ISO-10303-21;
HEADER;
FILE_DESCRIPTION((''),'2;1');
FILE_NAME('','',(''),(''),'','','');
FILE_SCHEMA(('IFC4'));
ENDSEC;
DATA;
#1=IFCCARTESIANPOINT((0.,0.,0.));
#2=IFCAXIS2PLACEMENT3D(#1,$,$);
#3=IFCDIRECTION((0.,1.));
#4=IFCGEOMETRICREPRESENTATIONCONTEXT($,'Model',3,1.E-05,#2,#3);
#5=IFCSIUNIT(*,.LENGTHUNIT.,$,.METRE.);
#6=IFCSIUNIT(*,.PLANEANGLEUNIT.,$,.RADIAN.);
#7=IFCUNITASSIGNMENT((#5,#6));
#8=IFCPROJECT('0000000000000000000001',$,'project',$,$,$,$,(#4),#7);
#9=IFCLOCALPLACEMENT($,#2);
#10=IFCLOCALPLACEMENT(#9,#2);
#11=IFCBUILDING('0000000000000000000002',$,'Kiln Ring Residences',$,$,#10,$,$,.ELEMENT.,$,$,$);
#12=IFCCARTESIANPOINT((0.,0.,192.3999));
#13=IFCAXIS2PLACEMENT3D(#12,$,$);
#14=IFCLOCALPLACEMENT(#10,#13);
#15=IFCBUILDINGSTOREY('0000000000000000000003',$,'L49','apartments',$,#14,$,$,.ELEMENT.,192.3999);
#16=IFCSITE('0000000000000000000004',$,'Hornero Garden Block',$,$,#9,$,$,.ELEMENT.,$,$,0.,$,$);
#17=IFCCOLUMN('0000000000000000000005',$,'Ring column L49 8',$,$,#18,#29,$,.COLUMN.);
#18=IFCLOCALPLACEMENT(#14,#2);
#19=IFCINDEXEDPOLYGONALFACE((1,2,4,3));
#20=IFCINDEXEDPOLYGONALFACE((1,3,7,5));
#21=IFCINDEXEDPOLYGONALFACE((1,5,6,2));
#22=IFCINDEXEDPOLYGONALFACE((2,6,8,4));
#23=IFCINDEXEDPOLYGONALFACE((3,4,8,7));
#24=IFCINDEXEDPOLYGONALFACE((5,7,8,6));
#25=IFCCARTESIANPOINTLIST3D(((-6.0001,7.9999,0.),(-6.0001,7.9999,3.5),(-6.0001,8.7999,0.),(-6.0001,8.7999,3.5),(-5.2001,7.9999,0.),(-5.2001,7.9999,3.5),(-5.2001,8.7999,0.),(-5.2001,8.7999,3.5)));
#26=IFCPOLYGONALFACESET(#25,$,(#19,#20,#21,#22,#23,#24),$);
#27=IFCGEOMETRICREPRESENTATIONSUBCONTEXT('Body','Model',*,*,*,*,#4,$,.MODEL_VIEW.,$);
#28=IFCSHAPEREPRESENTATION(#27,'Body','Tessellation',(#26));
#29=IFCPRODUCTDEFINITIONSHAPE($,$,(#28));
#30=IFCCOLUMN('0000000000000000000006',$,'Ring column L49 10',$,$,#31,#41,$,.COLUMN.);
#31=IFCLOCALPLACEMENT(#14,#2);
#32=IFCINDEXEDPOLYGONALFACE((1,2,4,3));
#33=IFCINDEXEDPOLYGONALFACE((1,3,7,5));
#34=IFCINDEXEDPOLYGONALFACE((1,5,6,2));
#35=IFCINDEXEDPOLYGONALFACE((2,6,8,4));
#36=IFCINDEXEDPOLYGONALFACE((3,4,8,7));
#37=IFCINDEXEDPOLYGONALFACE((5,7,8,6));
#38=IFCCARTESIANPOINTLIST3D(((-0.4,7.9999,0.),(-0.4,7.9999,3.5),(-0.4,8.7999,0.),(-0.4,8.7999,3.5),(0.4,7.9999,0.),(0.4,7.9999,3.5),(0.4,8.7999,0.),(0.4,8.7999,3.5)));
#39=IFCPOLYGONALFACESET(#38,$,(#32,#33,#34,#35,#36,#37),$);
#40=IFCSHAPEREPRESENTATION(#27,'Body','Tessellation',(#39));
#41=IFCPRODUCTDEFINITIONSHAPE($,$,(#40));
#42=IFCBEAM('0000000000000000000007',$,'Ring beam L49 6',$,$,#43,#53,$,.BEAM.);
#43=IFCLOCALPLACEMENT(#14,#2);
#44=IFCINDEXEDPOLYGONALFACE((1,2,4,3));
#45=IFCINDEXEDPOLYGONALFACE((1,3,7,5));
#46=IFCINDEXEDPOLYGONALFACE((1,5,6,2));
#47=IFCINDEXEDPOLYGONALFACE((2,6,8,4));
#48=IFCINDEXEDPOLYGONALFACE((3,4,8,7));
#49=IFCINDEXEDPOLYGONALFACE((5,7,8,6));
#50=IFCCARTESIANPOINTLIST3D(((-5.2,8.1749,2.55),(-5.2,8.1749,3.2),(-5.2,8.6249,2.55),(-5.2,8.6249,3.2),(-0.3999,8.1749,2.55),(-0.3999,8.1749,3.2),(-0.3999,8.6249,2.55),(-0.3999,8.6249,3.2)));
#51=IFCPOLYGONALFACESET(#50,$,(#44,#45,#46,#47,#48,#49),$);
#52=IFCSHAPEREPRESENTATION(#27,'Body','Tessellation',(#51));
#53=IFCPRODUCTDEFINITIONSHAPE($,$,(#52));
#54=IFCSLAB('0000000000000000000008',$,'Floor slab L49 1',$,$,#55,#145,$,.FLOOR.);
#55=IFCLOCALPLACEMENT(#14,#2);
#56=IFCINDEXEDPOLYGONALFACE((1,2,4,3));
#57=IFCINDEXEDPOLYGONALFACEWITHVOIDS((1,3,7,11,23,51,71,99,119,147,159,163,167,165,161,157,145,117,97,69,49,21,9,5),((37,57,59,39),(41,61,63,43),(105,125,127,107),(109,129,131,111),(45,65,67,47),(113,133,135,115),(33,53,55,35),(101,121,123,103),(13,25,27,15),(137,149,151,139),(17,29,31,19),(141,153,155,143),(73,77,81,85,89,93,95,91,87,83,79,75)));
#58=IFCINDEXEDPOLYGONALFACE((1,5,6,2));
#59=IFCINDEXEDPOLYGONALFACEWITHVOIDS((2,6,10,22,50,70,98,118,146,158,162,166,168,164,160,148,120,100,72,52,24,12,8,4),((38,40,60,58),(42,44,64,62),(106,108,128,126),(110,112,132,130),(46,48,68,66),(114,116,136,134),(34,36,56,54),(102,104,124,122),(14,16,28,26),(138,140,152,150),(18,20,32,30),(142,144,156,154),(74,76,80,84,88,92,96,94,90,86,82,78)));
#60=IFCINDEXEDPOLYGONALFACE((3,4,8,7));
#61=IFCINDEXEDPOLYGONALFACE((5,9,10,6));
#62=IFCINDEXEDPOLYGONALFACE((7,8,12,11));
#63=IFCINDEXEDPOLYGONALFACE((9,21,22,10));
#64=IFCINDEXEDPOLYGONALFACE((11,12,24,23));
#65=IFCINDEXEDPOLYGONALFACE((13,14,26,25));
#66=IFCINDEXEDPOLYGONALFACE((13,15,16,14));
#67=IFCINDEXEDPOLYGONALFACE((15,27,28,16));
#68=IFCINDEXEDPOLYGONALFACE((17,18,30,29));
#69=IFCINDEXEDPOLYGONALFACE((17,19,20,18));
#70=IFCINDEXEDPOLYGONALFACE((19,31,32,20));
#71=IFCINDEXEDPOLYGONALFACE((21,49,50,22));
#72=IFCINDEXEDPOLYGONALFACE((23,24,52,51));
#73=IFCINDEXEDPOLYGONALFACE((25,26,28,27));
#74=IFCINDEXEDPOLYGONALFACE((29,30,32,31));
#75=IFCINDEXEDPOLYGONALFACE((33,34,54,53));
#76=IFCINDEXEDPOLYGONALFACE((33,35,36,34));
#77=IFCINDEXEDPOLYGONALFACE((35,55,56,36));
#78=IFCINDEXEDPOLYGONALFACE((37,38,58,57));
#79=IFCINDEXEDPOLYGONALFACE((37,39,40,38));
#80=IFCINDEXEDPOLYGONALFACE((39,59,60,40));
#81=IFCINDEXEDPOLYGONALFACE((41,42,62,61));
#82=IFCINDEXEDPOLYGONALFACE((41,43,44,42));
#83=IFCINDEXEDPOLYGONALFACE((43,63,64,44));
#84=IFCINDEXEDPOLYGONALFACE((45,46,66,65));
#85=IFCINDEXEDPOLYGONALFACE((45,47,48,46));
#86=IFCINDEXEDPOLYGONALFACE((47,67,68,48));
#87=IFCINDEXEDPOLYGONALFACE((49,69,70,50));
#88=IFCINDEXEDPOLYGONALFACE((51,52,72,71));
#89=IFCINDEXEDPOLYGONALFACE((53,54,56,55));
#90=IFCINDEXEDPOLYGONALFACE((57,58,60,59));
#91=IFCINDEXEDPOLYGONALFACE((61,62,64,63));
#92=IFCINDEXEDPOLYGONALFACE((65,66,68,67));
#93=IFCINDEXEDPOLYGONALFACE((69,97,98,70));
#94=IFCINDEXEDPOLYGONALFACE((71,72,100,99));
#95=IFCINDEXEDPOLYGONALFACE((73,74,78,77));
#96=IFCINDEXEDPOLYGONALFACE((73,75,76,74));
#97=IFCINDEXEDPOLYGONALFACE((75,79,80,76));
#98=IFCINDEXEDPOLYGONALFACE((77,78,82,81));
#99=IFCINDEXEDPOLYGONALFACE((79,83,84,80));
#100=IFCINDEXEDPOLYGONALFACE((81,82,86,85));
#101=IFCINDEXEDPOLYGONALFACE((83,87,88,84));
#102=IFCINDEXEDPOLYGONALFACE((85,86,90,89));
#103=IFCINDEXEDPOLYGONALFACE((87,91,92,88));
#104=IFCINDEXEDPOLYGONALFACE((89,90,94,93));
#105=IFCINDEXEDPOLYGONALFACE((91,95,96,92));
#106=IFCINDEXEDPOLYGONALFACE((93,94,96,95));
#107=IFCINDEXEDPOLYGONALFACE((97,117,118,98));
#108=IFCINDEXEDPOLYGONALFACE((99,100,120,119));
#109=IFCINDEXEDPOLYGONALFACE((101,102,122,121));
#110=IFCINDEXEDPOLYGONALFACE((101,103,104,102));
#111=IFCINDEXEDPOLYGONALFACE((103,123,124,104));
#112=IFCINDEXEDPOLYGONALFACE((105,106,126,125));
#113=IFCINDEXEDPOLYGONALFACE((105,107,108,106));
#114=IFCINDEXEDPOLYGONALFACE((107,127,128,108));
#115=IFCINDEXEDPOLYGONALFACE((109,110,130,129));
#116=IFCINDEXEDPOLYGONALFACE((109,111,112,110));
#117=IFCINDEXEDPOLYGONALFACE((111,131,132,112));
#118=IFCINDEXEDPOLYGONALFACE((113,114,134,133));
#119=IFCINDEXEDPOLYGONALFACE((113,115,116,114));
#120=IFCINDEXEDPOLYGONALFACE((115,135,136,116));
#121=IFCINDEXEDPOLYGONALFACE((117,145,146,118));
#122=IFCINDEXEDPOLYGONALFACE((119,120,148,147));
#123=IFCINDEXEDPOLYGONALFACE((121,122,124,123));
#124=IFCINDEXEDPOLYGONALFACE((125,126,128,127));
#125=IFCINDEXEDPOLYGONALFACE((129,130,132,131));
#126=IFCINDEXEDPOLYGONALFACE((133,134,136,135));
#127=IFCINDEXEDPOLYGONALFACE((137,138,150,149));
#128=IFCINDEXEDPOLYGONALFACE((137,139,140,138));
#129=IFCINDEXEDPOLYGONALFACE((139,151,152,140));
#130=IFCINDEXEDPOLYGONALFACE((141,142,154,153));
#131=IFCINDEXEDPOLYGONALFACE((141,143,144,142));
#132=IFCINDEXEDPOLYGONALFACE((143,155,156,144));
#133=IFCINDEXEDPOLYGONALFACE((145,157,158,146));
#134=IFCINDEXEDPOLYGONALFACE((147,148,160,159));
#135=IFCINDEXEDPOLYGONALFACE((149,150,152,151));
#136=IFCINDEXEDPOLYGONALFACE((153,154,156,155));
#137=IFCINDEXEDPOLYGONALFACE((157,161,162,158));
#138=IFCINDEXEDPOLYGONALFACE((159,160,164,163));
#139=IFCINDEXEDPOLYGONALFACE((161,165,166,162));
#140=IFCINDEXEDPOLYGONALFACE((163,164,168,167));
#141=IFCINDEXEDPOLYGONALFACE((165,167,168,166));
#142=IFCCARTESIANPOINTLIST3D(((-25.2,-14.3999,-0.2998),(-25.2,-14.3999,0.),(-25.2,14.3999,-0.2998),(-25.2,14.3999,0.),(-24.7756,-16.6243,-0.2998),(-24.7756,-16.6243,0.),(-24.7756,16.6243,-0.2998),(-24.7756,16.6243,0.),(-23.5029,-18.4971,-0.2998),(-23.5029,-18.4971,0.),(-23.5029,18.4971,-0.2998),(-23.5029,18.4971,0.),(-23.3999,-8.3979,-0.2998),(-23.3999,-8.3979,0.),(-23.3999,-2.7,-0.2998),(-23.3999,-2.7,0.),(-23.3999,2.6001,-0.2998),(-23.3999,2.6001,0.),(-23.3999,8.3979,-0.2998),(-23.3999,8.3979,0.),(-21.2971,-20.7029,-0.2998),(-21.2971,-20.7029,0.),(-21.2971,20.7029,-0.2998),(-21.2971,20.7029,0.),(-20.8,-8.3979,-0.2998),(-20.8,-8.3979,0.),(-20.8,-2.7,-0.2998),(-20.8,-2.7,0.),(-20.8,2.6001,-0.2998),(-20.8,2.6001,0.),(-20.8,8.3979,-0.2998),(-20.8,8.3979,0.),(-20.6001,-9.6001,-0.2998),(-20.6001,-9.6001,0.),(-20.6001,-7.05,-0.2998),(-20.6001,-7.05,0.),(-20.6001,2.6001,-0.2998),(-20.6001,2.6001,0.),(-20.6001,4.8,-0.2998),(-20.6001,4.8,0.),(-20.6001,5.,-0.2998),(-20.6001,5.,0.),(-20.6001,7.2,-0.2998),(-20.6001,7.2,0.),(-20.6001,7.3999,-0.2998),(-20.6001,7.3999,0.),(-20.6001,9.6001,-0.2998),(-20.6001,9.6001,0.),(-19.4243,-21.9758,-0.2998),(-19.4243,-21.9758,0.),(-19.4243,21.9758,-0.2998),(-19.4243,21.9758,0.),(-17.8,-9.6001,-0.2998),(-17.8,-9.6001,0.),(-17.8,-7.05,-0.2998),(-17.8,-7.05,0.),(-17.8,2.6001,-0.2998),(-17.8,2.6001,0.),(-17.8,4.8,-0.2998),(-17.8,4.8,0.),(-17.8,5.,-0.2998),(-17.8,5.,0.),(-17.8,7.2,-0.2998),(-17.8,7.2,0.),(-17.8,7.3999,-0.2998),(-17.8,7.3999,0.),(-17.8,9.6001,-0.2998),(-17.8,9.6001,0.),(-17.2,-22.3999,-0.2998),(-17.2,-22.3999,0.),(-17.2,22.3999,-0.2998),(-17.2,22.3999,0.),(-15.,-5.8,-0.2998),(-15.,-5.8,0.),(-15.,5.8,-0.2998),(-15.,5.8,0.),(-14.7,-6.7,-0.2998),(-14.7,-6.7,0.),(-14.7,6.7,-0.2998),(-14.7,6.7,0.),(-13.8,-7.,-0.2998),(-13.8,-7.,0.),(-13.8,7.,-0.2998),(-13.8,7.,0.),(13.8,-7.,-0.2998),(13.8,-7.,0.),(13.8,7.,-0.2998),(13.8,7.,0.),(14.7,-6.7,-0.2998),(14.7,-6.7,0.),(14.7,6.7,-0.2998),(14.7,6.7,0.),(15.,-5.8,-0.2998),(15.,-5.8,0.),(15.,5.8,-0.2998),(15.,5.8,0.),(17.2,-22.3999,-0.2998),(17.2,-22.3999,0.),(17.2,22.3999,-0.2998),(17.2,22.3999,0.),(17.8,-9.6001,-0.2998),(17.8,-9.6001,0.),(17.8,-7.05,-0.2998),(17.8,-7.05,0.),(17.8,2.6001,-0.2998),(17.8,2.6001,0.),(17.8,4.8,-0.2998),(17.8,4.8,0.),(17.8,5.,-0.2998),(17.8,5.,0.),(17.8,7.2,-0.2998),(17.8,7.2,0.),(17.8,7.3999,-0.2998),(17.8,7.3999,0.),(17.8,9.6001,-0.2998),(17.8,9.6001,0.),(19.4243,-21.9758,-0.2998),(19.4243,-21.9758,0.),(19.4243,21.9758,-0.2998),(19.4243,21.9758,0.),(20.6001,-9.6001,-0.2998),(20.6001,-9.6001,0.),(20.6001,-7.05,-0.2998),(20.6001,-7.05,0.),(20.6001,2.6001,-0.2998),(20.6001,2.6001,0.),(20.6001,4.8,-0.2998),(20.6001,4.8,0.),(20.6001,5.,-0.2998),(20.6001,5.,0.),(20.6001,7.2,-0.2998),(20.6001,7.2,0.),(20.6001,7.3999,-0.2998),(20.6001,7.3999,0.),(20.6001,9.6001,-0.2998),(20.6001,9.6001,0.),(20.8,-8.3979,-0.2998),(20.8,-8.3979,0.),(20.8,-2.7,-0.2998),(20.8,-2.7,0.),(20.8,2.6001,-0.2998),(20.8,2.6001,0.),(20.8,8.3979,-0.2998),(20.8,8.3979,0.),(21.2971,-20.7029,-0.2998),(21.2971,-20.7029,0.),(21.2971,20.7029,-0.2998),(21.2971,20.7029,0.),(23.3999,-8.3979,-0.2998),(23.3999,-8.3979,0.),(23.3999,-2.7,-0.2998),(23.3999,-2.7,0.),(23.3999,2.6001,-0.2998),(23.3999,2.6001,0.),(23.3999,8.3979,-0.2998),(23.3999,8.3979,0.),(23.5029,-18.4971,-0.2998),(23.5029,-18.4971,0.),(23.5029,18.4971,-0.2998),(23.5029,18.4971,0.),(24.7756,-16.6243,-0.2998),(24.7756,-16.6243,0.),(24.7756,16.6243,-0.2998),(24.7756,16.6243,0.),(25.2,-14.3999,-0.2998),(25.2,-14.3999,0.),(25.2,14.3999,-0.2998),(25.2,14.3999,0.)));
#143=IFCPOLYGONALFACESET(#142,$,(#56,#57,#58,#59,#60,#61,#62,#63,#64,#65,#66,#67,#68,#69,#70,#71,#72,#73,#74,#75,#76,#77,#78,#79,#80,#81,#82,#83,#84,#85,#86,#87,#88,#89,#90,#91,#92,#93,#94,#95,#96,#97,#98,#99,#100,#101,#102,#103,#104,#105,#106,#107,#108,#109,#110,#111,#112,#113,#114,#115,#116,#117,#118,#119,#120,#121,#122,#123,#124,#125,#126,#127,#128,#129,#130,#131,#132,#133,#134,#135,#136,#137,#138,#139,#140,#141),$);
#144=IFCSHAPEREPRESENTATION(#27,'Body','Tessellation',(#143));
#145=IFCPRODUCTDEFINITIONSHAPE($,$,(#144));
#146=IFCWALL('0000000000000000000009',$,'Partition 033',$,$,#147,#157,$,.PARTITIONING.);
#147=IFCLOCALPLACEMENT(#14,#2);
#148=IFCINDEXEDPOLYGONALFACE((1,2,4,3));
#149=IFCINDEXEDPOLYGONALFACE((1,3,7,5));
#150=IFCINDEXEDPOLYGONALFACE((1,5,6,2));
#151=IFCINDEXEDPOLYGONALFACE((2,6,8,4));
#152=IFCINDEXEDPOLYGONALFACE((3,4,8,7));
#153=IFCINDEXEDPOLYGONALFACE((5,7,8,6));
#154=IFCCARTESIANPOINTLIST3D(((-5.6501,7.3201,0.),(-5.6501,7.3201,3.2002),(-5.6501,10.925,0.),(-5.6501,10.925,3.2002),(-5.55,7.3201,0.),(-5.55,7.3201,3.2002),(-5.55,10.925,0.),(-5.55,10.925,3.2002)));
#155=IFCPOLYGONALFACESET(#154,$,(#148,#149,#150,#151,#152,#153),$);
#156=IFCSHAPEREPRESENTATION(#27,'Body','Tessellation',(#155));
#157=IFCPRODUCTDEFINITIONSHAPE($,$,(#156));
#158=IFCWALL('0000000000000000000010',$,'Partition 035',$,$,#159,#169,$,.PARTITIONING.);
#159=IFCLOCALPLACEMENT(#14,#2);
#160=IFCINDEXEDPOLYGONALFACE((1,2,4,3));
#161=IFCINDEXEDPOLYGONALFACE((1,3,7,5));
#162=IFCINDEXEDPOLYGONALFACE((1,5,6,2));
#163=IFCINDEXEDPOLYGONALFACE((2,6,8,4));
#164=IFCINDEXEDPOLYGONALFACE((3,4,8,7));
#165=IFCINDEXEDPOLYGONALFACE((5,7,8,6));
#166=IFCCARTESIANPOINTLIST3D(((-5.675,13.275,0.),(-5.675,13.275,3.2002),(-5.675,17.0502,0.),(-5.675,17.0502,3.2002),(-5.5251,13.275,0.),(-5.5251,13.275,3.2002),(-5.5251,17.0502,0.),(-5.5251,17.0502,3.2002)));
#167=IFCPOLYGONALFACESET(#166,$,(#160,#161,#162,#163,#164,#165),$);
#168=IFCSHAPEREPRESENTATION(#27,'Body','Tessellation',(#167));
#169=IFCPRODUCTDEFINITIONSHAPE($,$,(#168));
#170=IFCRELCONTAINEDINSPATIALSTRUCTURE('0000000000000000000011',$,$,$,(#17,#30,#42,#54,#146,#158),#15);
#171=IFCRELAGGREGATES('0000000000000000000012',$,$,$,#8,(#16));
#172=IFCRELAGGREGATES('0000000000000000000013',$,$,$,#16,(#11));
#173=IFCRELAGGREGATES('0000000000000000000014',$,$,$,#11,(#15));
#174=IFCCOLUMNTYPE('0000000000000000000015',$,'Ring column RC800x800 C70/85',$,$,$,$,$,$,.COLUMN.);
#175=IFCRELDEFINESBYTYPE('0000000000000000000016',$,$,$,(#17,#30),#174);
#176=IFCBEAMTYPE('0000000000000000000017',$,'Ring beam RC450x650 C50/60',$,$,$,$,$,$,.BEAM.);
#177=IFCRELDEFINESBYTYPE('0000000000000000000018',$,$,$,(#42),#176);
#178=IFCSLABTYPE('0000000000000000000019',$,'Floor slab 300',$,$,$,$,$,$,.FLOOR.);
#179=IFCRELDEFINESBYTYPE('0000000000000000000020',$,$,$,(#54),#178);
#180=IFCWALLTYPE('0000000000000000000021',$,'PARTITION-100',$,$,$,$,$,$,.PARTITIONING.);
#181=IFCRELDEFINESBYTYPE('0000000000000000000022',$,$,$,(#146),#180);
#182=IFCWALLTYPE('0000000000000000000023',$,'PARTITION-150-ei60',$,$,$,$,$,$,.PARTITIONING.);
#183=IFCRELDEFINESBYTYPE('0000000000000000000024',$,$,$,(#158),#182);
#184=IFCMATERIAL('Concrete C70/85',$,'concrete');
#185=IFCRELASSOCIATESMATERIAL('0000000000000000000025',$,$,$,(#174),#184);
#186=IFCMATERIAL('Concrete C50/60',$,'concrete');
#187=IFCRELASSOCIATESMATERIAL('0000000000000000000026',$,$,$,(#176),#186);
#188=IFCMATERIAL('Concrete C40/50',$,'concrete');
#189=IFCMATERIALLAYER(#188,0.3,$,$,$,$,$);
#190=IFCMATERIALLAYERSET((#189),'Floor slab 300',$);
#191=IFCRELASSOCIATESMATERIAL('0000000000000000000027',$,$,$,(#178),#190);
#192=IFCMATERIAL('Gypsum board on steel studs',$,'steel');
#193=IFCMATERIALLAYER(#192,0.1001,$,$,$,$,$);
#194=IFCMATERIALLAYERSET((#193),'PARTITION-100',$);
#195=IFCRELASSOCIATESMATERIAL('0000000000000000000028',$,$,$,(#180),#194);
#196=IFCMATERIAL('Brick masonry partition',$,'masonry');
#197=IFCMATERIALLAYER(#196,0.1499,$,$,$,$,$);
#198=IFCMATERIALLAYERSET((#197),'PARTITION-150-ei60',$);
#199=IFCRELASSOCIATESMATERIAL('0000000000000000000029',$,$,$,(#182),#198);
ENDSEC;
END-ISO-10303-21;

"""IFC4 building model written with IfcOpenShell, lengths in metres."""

from ifc_helpers import new_model, si_unit, direction, frame, frame_2d, origin, origin_2d, place, context, subcontext, project, spatial, polyline, rectangle, outline, extrude, material, layer, layer_set, material_profile, profile_set, type_object, element, save


model = new_model("IFC4")

# Units and contexts
model_context = context("Model", 3, precision=1e-05, world=origin(), true_north=direction((0.0, 1.0)))
body_context = subcontext(model_context, "Body", "Model", "MODEL_VIEW")
ifc_project = project(units=[si_unit("LENGTHUNIT", "METRE"), si_unit("PLANEANGLEUNIT", "RADIAN")], contexts=[model_context])

# Site, building, storey
site_placement = place(None, origin())
site = spatial("IfcSite", under=ifc_project, at=site_placement, Name="Hornero Garden Block", CompositionType="ELEMENT", RefElevation=0.0)
building_placement = place(site_placement, origin())
building = spatial("IfcBuilding", under=site, at=building_placement, Name="Kiln Ring Residences", CompositionType="ELEMENT")
storey_placement = place(building_placement, frame((0.0, 0.0, 192.3999)))
storey = spatial("IfcBuildingStorey", under=building, at=storey_placement, Name="L49", Description="apartments", CompositionType="ELEMENT", Elevation=192.3999)

# Columns
ifc_material_1 = material(Name="Concrete C70/85", Category="concrete")
ifc_material_profile_1 = material_profile(ifc_material_1, rectangle(XDim=0.8, YDim=0.8, at=origin_2d()), Name="RC800x800")
ifc_profile_set_1 = profile_set([ifc_material_profile_1], Name="Concrete C70/85")
column_type = type_object("IfcColumnType", Name="Ring column RC800x800 C70/85", PredefinedType="COLUMN", material=ifc_profile_set_1)
for number, where, z_axis, x_axis, name in (
    (1, (-5.6001, 8.3999, 0.0), (0.0, 0.0, 1.0), (1.0, 0.0, 0.0), "Ring column L49 8"),
    (2, (0.0, 8.3999, 0.0), (0.0, 0.0, 1.0), (1.0, 0.0, 0.0), "Ring column L49 10"),
):
    element("IfcColumn", number, at=place(storey_placement, frame(where, z_axis=z_axis, x_axis=x_axis)), inside=storey, type_object=column_type, Name=name, PredefinedType="COLUMN", context=body_context, shape_type="SweptSolid", body=[
        extrude(rectangle(XDim=0.8, YDim=0.8, at=origin_2d()), origin(), (0.0, 0.0, 1.0), 3.5),
    ])

# Beam
ifc_material_2 = material(Name="Concrete C50/60", Category="concrete")
ifc_material_profile_2 = material_profile(ifc_material_2, rectangle(XDim=0.45, YDim=0.6499, at=origin_2d()), Name="RC450x650")
ifc_profile_set_2 = profile_set([ifc_material_profile_2], Name="Concrete C50/60")
beam_type = type_object("IfcBeamType", Name="Ring beam RC450x650 C50/60", PredefinedType="BEAM", material=ifc_profile_set_2)
beam_placement = place(storey_placement, frame((-5.2, 8.3999, 2.875), z_axis=(1.0, 0.0, 0.0), x_axis=(0.0, 1.0, 0.0)))
element("IfcBeam", 3, at=beam_placement, inside=storey, type_object=beam_type, Name="Ring beam L49 6", PredefinedType="BEAM", context=body_context, shape_type="SweptSolid", body=[
    extrude(rectangle(XDim=0.45, YDim=0.6499, at=origin_2d()), origin(), (0.0, 0.0, 1.0), 4.8),
])

# Slab
ifc_material_3 = material(Name="Concrete C40/50", Category="concrete")
ifc_layer_1 = layer(ifc_material_3, 0.3)
ifc_layer_set_1 = layer_set([ifc_layer_1], Name="Floor slab 300")
slab_type = type_object("IfcSlabType", Name="Floor slab 300", PredefinedType="FLOOR", material=ifc_layer_set_1)
slab_placement = place(storey_placement, frame((0.0, 0.0, -0.2998)))
element("IfcSlab", 4, at=slab_placement, inside=storey, type_object=slab_type, Name="Floor slab L49 1", PredefinedType="FLOOR", context=body_context, shape_type="SweptSolid", body=[
    extrude(outline(polyline([(-23.5029, -18.4971), (-21.2971, -20.7029), (-19.4243, -21.9758), (-17.2, -22.3999), (17.2, -22.3999), (19.4243, -21.9758), (21.2971, -20.7029), (23.5029, -18.4971), (24.7756, -16.6243), (25.2, -14.3999), (25.2, 14.3999), (24.7756, 16.6243), (23.5029, 18.4971), (21.2971, 20.7029), (19.4243, 21.9758), (17.2, 22.3999), (-17.2, 22.3999), (-19.4243, 21.9758), (-21.2971, 20.7029), (-23.5029, 18.4971), (-24.7756, 16.6243), (-25.2, 14.3999), (-25.2, -14.3999), (-24.7756, -16.6243), (-23.5029, -18.4971)]), holes=[polyline([(-14.7, -6.7), (-15.0, -5.8), (-15.0, 5.8), (-14.7, 6.7), (-13.8, 7.0), (13.8, 7.0), (14.7, 6.7), (15.0, 5.8), (15.0, -5.8), (14.7, -6.7), (13.8, -7.0), (-13.8, -7.0), (-14.7, -6.7)]), polyline([(20.8, -8.3979), (20.8, -2.7), (23.3999, -2.7), (23.3999, -8.3979), (20.8, -8.3979)]), polyline([(23.3999, 2.6001), (20.8, 2.6001), (20.8, 8.3979), (23.3999, 8.3979), (23.3999, 2.6001)]), polyline([(17.8, 2.6001), (17.8, 4.8), (20.6001, 4.8), (20.6001, 2.6001), (17.8, 2.6001)]), polyline([(17.8, 5.0), (17.8, 7.2), (20.6001, 7.2), (20.6001, 5.0), (17.8, 5.0)]), polyline([(17.8, 7.3999), (17.8, 9.6001), (20.6001, 9.6001), (20.6001, 7.3999), (17.8, 7.3999)]), polyline([(20.6001, -9.6001), (17.8, -9.6001), (17.8, -7.05), (20.6001, -7.05), (20.6001, -9.6001)]), polyline([(-17.8, -7.05), (-17.8, -9.6001), (-20.6001, -9.6001), (-20.6001, -7.05), (-17.8, -7.05)]), polyline([(-17.8, 2.6001), (-20.6001, 2.6001), (-20.6001, 4.8), (-17.8, 4.8), (-17.8, 2.6001)]), polyline([(-17.8, 5.0), (-20.6001, 5.0), (-20.6001, 7.2), (-17.8, 7.2), (-17.8, 5.0)]), polyline([(-17.8, 7.3999), (-20.6001, 7.3999), (-20.6001, 9.6001), (-17.8, 9.6001), (-17.8, 7.3999)]), polyline([(-20.8, -8.3979), (-23.3999, -8.3979), (-23.3999, -2.7), (-20.8, -2.7), (-20.8, -8.3979)]), polyline([(-20.8, 8.3979), (-20.8, 2.6001), (-23.3999, 2.6001), (-23.3999, 8.3979), (-20.8, 8.3979)])]), origin(), (0.0, 0.0, 1.0), 0.2998),
])

# Walls
ifc_material_4 = material(Name="Gypsum board on steel studs", Category="steel")
ifc_layer_2 = layer(ifc_material_4, 0.1001)
ifc_layer_set_2 = layer_set([ifc_layer_2], Name="PARTITION-100")
wall_type_1 = type_object("IfcWallType", Name="PARTITION-100", PredefinedType="PARTITIONING", material=ifc_layer_set_2)
wall_1_placement = place(storey_placement, frame((-5.6001, 7.3201, 0.0), z_axis=(0.0, 0.0, 1.0), x_axis=(0.0, 1.0, 0.0)))
element("IfcWall", 5, at=wall_1_placement, inside=storey, type_object=wall_type_1, Name="Partition 033", PredefinedType="PARTITIONING", context=body_context, shape_type="SweptSolid", body=[
    extrude(rectangle(XDim=3.605, YDim=0.1001, at=frame_2d((1.8025, 0.0))), origin(), (0.0, 0.0, 1.0), 3.2002),
])
ifc_material_5 = material(Name="Brick masonry partition", Category="masonry")
ifc_layer_3 = layer(ifc_material_5, 0.1499)
ifc_layer_set_3 = layer_set([ifc_layer_3], Name="PARTITION-150-ei60")
wall_type_2 = type_object("IfcWallType", Name="PARTITION-150-ei60", PredefinedType="PARTITIONING", material=ifc_layer_set_3)
wall_2_placement = place(storey_placement, frame((-5.6001, 13.2749, 0.0), z_axis=(0.0, 0.0, 1.0), x_axis=(0.0, 1.0, 0.0)))
element("IfcWall", 6, at=wall_2_placement, inside=storey, type_object=wall_type_2, Name="Partition 035", PredefinedType="PARTITIONING", context=body_context, shape_type="SweptSolid", body=[
    extrude(rectangle(XDim=3.7751, YDim=0.1499, at=frame_2d((1.8877, 0.0))), origin(), (0.0, 0.0, 1.0), 3.2002),
])

save(model, "model.ifc")
